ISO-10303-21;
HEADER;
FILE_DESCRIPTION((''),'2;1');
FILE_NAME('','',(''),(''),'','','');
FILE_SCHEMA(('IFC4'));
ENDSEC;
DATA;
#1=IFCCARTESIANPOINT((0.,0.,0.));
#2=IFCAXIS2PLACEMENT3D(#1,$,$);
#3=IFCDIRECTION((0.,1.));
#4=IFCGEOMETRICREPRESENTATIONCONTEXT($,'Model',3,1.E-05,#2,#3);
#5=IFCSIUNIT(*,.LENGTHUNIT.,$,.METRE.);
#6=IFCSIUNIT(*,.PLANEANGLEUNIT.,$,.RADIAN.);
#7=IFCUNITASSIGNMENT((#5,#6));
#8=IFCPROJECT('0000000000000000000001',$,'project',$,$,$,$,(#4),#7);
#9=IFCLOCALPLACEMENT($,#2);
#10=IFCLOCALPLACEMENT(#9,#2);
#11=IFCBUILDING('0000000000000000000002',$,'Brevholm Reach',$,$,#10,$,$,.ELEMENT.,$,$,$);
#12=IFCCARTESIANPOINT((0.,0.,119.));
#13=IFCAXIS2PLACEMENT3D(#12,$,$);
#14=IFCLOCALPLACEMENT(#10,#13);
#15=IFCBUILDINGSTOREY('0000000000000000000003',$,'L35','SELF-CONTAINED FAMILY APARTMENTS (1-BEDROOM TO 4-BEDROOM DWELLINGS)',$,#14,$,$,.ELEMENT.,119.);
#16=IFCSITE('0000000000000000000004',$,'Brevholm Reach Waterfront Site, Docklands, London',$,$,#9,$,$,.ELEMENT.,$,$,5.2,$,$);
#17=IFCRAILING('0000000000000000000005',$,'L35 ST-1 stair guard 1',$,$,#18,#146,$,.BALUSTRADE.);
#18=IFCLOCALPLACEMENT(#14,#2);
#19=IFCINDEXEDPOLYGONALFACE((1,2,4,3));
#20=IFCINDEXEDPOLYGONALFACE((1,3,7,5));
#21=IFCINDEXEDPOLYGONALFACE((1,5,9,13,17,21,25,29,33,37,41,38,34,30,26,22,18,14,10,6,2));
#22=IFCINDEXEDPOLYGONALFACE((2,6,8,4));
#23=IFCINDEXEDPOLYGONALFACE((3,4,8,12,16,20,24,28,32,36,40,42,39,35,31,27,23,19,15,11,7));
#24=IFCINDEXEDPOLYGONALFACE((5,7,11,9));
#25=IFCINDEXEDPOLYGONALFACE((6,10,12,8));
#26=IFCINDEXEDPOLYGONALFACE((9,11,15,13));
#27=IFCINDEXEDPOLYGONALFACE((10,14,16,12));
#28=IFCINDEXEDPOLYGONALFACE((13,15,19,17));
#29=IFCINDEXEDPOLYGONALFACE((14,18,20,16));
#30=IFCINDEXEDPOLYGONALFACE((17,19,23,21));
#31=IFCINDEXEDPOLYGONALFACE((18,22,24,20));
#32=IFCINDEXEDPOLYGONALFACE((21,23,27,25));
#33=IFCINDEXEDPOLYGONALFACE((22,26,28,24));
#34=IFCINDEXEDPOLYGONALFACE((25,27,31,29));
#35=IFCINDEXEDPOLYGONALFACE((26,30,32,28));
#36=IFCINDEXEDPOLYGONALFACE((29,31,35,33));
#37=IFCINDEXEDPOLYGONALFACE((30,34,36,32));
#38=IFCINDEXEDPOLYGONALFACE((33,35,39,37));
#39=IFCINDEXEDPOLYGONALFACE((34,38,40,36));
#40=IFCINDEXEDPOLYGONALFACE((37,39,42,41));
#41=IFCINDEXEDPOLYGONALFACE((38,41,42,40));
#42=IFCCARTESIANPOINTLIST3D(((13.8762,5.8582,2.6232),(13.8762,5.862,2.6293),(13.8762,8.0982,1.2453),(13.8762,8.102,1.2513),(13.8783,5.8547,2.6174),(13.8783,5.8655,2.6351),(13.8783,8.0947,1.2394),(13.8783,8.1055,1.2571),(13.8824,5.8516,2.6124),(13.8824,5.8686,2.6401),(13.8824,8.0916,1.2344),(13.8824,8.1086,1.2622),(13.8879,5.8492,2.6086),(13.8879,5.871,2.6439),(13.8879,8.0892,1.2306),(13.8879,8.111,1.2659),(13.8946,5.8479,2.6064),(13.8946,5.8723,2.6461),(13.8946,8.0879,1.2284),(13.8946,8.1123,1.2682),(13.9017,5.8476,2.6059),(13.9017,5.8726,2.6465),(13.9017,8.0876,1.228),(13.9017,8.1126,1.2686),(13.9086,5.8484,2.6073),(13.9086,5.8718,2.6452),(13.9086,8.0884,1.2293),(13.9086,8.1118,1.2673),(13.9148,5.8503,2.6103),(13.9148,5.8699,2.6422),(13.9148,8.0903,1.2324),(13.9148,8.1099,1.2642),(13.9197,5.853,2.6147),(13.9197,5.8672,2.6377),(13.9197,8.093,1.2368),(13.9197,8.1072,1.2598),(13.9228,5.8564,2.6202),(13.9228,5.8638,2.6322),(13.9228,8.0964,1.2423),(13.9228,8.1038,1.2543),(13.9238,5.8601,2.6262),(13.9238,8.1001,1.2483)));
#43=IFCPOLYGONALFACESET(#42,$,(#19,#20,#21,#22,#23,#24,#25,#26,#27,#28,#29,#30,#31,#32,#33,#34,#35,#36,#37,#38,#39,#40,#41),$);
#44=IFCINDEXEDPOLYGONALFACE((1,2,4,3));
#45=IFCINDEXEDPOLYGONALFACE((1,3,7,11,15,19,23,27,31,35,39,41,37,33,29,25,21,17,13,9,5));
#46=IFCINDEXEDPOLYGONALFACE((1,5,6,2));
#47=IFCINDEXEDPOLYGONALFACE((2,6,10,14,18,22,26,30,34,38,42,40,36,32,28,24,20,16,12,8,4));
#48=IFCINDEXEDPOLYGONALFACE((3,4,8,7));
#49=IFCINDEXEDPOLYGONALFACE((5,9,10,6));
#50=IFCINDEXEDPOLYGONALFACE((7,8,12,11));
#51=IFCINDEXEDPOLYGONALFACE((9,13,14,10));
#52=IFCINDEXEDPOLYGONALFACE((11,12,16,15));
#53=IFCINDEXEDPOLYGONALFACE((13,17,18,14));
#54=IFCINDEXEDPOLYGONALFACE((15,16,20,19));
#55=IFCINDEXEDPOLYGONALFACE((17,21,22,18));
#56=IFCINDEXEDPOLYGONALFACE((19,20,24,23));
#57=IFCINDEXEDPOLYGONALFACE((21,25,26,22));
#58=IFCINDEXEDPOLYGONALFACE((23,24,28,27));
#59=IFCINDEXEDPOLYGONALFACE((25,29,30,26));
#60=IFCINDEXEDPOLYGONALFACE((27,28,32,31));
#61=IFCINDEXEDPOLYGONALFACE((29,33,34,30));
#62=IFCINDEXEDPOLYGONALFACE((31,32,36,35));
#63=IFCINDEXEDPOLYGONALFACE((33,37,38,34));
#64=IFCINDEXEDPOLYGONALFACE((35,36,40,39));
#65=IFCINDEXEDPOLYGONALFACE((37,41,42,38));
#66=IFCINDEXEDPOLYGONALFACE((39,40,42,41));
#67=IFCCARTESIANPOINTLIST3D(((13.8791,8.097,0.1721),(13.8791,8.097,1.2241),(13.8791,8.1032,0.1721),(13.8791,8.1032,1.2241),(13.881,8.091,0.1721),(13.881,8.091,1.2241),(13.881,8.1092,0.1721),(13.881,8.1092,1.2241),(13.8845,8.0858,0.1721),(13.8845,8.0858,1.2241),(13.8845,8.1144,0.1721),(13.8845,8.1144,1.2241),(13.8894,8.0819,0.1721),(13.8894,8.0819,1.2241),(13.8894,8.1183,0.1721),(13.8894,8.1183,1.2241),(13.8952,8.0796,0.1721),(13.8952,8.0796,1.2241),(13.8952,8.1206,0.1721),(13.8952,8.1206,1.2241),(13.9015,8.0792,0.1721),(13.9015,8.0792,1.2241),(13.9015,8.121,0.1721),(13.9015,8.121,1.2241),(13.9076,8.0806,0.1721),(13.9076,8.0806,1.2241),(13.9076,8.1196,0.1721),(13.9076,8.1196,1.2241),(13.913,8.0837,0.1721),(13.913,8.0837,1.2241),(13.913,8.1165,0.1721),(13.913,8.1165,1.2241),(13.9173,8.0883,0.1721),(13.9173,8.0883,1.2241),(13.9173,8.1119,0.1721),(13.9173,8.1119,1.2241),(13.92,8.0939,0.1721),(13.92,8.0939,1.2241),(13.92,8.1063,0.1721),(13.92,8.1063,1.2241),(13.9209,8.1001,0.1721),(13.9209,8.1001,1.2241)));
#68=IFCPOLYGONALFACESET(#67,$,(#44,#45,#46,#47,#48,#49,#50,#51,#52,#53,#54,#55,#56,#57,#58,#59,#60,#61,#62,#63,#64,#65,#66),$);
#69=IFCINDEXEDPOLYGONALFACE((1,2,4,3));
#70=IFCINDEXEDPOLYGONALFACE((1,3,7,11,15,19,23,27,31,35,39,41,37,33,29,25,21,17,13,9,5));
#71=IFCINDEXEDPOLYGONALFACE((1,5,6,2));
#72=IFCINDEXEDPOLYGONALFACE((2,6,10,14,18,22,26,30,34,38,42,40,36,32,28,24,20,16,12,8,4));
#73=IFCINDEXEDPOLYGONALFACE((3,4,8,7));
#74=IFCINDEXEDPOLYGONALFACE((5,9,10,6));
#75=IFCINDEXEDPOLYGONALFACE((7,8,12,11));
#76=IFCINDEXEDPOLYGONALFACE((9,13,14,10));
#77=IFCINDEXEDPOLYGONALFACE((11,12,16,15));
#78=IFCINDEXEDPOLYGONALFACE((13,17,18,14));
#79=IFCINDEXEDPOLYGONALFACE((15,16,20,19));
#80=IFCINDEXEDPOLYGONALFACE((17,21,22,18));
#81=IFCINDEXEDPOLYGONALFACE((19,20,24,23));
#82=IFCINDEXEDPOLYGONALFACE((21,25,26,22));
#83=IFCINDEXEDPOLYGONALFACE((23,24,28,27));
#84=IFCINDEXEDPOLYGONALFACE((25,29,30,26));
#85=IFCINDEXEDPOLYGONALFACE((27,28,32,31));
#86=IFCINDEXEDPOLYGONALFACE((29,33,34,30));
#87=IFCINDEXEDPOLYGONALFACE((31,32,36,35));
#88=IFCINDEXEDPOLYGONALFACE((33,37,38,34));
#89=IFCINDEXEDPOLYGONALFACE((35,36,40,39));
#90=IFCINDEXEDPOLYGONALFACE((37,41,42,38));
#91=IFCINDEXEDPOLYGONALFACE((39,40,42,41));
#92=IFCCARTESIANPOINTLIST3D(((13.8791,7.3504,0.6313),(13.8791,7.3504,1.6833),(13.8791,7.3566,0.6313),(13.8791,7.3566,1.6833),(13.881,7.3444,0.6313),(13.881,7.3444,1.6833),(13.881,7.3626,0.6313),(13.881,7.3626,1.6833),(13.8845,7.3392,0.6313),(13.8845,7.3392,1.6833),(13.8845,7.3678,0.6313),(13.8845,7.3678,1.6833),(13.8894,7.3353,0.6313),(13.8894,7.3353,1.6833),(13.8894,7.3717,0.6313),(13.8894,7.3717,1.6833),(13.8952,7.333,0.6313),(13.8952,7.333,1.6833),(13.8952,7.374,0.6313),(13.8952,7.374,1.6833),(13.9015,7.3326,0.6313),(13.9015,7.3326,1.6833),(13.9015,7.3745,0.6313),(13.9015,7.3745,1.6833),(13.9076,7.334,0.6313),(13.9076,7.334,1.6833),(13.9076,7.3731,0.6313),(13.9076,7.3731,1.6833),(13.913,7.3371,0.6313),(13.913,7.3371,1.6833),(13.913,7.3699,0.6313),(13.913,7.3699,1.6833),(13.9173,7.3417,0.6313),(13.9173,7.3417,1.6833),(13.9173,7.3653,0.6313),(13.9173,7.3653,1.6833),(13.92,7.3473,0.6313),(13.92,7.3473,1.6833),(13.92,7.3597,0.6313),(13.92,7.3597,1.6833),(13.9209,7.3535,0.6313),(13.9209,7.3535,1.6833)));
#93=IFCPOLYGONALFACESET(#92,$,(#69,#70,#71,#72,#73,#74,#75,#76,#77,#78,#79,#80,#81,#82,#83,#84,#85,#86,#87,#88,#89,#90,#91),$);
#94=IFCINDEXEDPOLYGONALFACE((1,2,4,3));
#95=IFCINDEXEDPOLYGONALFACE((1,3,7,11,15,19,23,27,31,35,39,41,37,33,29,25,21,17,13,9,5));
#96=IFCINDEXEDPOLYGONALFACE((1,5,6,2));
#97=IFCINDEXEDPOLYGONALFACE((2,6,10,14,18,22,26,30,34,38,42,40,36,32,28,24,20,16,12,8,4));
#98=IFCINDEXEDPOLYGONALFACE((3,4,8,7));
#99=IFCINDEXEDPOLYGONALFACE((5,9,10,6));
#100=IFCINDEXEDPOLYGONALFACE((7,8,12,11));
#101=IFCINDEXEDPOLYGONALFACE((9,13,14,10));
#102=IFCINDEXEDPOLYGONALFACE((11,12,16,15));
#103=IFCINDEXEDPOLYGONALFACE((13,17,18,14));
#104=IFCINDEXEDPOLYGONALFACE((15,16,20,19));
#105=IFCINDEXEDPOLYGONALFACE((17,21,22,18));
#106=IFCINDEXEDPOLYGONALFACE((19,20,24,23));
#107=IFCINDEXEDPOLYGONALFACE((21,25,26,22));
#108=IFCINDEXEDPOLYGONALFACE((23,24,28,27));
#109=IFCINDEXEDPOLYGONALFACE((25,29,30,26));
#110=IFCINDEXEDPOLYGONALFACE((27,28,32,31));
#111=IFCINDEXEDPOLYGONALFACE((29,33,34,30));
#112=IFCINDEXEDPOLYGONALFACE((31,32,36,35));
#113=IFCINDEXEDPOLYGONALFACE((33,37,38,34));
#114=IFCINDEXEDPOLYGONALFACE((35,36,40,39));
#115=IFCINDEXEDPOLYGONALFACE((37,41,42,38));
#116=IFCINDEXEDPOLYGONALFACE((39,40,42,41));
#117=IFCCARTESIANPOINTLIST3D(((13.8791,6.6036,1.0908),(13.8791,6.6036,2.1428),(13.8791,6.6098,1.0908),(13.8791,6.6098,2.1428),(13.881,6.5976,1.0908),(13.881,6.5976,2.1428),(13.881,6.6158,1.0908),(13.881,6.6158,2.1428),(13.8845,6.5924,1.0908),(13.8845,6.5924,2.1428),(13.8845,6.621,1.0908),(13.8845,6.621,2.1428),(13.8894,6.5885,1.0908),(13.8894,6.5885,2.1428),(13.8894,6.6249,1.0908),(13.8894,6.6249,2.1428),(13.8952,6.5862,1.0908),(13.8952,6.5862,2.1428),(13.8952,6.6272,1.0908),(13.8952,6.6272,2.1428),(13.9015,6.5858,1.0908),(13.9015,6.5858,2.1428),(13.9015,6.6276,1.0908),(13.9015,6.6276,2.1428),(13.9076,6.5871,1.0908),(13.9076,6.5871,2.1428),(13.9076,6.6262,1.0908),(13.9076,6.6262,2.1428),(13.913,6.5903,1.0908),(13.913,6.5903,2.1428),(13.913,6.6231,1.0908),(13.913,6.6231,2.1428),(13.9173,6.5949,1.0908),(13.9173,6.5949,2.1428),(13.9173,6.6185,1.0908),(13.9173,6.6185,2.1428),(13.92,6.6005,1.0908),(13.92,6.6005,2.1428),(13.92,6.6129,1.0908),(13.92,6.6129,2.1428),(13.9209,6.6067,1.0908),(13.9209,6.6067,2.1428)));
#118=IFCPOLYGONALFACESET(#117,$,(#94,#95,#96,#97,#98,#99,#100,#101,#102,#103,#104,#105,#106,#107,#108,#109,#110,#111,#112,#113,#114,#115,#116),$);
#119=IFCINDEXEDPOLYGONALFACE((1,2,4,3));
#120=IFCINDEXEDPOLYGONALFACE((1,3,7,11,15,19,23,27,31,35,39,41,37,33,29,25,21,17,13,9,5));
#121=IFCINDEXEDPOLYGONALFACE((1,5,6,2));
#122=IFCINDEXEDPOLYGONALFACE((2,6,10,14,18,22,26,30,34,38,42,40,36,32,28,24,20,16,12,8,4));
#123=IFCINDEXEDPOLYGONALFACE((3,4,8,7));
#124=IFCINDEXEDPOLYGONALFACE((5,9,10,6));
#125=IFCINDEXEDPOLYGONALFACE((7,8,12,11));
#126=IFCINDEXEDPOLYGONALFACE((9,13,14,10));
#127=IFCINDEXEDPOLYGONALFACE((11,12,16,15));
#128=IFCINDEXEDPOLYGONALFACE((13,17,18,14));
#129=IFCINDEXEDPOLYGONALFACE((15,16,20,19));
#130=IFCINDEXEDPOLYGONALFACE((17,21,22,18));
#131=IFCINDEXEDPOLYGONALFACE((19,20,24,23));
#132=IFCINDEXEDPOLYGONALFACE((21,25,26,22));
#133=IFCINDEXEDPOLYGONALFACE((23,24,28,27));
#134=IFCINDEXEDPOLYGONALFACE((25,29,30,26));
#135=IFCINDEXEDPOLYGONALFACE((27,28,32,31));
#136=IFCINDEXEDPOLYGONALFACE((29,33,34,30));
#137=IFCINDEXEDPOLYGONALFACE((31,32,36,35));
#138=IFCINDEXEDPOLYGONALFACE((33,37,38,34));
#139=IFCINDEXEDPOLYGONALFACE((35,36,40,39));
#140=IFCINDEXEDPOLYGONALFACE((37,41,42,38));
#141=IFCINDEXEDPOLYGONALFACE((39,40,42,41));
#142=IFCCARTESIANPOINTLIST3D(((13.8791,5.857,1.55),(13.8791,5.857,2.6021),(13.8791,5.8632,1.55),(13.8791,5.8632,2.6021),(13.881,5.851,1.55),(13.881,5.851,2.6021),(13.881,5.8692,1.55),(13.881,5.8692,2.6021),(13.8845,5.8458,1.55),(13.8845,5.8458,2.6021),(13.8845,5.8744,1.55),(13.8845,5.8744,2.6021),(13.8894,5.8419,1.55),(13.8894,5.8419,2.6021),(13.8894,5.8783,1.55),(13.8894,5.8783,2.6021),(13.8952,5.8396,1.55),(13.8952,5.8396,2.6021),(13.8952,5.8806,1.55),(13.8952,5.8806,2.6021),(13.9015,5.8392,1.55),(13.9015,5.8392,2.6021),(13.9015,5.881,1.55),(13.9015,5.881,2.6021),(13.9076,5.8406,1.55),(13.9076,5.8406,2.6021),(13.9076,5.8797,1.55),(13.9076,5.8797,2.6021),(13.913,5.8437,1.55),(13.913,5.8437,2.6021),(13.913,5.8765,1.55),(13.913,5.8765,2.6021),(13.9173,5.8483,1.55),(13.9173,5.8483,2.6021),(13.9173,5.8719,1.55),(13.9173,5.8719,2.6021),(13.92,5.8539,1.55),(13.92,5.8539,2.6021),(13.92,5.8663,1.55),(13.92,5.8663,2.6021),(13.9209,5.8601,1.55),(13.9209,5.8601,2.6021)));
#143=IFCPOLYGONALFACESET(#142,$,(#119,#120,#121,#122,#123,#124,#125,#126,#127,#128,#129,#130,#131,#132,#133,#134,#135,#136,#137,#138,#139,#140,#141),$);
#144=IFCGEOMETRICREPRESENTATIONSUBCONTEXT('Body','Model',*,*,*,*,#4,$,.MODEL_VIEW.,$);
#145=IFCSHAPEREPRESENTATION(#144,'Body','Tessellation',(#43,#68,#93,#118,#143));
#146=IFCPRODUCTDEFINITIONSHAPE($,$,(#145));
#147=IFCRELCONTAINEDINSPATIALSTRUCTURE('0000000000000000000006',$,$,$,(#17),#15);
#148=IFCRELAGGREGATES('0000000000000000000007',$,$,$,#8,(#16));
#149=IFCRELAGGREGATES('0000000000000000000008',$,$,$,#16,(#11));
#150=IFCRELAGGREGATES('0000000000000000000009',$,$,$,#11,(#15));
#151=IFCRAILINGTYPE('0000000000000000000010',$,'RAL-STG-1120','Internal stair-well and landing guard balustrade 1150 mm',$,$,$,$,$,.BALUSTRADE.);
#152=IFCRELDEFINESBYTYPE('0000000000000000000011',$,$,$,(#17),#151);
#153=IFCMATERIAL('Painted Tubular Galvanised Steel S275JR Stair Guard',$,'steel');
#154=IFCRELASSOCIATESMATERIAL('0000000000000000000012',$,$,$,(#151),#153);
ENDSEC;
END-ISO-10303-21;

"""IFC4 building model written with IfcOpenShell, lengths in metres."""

from ifc_helpers import new_model, si_unit, direction, frame, origin, origin_2d, place, context, subcontext, project, spatial, circle, extrude, material, type_object, element, save


model = new_model("IFC4")

# Units and contexts
model_context = context("Model", 3, precision=1e-05, world=origin(), true_north=direction((0.0, 1.0)))
body_context = subcontext(model_context, "Body", "Model", "MODEL_VIEW")
ifc_project = project(units=[si_unit("LENGTHUNIT", "METRE"), si_unit("PLANEANGLEUNIT", "RADIAN")], contexts=[model_context])

# Site, building, storey
site_placement = place(None, origin())
site = spatial("IfcSite", under=ifc_project, at=site_placement, Name="Brevholm Reach Waterfront Site, Docklands, London", CompositionType="ELEMENT", RefElevation=5.2)
building_placement = place(site_placement, origin())
building = spatial("IfcBuilding", under=site, at=building_placement, Name="Brevholm Reach", CompositionType="ELEMENT")
storey_placement = place(building_placement, frame((0.0, 0.0, 119.0)))
storey = spatial("IfcBuildingStorey", under=building, at=storey_placement, Name="L35", Description="SELF-CONTAINED FAMILY APARTMENTS (1-BEDROOM TO 4-BEDROOM DWELLINGS)", CompositionType="ELEMENT", Elevation=119.0)

# Railing
ifc_material_1 = material(Name="Painted Tubular Galvanised Steel S275JR Stair Guard", Category="steel")
railing_type_1 = type_object("IfcRailingType", Name="RAL-STG-1120", Description="Internal stair-well and landing guard balustrade 1150 mm", PredefinedType="BALUSTRADE", material=ifc_material_1)
railing_1_placement = place(storey_placement, frame((13.8999, 8.1001, 0.1721)))
element("IfcRailing", 1, at=railing_1_placement, inside=storey, type_object=railing_type_1, Name="L35 ST-1 stair guard 1", PredefinedType="BALUSTRADE", context=body_context, shape_type="SweptSolid", body=[
    extrude(circle(Radius=0.0239, at=origin_2d()), frame((0.0, 0.0, 1.0762), z_axis=(0.0, -0.851748, 0.523952), x_axis=(1.0, 0.0, 0.0)), (0.0, 0.0, 1.0), 2.6299),
    extrude(circle(Radius=0.021, at=origin_2d()), origin(), (0.0, 0.0, 1.0), 1.052),
    extrude(circle(Radius=0.021, at=origin_2d()), frame((0.0, -0.7466, 0.4592)), (0.0, 0.0, 1.0), 1.052),
    extrude(circle(Radius=0.021, at=origin_2d()), frame((0.0, -1.4934, 0.9187)), (0.0, 0.0, 1.0), 1.052),
    extrude(circle(Radius=0.021, at=origin_2d()), frame((0.0, -2.24, 1.3779)), (0.0, 0.0, 1.0), 1.052),
])

save(model, "model.ifc")
